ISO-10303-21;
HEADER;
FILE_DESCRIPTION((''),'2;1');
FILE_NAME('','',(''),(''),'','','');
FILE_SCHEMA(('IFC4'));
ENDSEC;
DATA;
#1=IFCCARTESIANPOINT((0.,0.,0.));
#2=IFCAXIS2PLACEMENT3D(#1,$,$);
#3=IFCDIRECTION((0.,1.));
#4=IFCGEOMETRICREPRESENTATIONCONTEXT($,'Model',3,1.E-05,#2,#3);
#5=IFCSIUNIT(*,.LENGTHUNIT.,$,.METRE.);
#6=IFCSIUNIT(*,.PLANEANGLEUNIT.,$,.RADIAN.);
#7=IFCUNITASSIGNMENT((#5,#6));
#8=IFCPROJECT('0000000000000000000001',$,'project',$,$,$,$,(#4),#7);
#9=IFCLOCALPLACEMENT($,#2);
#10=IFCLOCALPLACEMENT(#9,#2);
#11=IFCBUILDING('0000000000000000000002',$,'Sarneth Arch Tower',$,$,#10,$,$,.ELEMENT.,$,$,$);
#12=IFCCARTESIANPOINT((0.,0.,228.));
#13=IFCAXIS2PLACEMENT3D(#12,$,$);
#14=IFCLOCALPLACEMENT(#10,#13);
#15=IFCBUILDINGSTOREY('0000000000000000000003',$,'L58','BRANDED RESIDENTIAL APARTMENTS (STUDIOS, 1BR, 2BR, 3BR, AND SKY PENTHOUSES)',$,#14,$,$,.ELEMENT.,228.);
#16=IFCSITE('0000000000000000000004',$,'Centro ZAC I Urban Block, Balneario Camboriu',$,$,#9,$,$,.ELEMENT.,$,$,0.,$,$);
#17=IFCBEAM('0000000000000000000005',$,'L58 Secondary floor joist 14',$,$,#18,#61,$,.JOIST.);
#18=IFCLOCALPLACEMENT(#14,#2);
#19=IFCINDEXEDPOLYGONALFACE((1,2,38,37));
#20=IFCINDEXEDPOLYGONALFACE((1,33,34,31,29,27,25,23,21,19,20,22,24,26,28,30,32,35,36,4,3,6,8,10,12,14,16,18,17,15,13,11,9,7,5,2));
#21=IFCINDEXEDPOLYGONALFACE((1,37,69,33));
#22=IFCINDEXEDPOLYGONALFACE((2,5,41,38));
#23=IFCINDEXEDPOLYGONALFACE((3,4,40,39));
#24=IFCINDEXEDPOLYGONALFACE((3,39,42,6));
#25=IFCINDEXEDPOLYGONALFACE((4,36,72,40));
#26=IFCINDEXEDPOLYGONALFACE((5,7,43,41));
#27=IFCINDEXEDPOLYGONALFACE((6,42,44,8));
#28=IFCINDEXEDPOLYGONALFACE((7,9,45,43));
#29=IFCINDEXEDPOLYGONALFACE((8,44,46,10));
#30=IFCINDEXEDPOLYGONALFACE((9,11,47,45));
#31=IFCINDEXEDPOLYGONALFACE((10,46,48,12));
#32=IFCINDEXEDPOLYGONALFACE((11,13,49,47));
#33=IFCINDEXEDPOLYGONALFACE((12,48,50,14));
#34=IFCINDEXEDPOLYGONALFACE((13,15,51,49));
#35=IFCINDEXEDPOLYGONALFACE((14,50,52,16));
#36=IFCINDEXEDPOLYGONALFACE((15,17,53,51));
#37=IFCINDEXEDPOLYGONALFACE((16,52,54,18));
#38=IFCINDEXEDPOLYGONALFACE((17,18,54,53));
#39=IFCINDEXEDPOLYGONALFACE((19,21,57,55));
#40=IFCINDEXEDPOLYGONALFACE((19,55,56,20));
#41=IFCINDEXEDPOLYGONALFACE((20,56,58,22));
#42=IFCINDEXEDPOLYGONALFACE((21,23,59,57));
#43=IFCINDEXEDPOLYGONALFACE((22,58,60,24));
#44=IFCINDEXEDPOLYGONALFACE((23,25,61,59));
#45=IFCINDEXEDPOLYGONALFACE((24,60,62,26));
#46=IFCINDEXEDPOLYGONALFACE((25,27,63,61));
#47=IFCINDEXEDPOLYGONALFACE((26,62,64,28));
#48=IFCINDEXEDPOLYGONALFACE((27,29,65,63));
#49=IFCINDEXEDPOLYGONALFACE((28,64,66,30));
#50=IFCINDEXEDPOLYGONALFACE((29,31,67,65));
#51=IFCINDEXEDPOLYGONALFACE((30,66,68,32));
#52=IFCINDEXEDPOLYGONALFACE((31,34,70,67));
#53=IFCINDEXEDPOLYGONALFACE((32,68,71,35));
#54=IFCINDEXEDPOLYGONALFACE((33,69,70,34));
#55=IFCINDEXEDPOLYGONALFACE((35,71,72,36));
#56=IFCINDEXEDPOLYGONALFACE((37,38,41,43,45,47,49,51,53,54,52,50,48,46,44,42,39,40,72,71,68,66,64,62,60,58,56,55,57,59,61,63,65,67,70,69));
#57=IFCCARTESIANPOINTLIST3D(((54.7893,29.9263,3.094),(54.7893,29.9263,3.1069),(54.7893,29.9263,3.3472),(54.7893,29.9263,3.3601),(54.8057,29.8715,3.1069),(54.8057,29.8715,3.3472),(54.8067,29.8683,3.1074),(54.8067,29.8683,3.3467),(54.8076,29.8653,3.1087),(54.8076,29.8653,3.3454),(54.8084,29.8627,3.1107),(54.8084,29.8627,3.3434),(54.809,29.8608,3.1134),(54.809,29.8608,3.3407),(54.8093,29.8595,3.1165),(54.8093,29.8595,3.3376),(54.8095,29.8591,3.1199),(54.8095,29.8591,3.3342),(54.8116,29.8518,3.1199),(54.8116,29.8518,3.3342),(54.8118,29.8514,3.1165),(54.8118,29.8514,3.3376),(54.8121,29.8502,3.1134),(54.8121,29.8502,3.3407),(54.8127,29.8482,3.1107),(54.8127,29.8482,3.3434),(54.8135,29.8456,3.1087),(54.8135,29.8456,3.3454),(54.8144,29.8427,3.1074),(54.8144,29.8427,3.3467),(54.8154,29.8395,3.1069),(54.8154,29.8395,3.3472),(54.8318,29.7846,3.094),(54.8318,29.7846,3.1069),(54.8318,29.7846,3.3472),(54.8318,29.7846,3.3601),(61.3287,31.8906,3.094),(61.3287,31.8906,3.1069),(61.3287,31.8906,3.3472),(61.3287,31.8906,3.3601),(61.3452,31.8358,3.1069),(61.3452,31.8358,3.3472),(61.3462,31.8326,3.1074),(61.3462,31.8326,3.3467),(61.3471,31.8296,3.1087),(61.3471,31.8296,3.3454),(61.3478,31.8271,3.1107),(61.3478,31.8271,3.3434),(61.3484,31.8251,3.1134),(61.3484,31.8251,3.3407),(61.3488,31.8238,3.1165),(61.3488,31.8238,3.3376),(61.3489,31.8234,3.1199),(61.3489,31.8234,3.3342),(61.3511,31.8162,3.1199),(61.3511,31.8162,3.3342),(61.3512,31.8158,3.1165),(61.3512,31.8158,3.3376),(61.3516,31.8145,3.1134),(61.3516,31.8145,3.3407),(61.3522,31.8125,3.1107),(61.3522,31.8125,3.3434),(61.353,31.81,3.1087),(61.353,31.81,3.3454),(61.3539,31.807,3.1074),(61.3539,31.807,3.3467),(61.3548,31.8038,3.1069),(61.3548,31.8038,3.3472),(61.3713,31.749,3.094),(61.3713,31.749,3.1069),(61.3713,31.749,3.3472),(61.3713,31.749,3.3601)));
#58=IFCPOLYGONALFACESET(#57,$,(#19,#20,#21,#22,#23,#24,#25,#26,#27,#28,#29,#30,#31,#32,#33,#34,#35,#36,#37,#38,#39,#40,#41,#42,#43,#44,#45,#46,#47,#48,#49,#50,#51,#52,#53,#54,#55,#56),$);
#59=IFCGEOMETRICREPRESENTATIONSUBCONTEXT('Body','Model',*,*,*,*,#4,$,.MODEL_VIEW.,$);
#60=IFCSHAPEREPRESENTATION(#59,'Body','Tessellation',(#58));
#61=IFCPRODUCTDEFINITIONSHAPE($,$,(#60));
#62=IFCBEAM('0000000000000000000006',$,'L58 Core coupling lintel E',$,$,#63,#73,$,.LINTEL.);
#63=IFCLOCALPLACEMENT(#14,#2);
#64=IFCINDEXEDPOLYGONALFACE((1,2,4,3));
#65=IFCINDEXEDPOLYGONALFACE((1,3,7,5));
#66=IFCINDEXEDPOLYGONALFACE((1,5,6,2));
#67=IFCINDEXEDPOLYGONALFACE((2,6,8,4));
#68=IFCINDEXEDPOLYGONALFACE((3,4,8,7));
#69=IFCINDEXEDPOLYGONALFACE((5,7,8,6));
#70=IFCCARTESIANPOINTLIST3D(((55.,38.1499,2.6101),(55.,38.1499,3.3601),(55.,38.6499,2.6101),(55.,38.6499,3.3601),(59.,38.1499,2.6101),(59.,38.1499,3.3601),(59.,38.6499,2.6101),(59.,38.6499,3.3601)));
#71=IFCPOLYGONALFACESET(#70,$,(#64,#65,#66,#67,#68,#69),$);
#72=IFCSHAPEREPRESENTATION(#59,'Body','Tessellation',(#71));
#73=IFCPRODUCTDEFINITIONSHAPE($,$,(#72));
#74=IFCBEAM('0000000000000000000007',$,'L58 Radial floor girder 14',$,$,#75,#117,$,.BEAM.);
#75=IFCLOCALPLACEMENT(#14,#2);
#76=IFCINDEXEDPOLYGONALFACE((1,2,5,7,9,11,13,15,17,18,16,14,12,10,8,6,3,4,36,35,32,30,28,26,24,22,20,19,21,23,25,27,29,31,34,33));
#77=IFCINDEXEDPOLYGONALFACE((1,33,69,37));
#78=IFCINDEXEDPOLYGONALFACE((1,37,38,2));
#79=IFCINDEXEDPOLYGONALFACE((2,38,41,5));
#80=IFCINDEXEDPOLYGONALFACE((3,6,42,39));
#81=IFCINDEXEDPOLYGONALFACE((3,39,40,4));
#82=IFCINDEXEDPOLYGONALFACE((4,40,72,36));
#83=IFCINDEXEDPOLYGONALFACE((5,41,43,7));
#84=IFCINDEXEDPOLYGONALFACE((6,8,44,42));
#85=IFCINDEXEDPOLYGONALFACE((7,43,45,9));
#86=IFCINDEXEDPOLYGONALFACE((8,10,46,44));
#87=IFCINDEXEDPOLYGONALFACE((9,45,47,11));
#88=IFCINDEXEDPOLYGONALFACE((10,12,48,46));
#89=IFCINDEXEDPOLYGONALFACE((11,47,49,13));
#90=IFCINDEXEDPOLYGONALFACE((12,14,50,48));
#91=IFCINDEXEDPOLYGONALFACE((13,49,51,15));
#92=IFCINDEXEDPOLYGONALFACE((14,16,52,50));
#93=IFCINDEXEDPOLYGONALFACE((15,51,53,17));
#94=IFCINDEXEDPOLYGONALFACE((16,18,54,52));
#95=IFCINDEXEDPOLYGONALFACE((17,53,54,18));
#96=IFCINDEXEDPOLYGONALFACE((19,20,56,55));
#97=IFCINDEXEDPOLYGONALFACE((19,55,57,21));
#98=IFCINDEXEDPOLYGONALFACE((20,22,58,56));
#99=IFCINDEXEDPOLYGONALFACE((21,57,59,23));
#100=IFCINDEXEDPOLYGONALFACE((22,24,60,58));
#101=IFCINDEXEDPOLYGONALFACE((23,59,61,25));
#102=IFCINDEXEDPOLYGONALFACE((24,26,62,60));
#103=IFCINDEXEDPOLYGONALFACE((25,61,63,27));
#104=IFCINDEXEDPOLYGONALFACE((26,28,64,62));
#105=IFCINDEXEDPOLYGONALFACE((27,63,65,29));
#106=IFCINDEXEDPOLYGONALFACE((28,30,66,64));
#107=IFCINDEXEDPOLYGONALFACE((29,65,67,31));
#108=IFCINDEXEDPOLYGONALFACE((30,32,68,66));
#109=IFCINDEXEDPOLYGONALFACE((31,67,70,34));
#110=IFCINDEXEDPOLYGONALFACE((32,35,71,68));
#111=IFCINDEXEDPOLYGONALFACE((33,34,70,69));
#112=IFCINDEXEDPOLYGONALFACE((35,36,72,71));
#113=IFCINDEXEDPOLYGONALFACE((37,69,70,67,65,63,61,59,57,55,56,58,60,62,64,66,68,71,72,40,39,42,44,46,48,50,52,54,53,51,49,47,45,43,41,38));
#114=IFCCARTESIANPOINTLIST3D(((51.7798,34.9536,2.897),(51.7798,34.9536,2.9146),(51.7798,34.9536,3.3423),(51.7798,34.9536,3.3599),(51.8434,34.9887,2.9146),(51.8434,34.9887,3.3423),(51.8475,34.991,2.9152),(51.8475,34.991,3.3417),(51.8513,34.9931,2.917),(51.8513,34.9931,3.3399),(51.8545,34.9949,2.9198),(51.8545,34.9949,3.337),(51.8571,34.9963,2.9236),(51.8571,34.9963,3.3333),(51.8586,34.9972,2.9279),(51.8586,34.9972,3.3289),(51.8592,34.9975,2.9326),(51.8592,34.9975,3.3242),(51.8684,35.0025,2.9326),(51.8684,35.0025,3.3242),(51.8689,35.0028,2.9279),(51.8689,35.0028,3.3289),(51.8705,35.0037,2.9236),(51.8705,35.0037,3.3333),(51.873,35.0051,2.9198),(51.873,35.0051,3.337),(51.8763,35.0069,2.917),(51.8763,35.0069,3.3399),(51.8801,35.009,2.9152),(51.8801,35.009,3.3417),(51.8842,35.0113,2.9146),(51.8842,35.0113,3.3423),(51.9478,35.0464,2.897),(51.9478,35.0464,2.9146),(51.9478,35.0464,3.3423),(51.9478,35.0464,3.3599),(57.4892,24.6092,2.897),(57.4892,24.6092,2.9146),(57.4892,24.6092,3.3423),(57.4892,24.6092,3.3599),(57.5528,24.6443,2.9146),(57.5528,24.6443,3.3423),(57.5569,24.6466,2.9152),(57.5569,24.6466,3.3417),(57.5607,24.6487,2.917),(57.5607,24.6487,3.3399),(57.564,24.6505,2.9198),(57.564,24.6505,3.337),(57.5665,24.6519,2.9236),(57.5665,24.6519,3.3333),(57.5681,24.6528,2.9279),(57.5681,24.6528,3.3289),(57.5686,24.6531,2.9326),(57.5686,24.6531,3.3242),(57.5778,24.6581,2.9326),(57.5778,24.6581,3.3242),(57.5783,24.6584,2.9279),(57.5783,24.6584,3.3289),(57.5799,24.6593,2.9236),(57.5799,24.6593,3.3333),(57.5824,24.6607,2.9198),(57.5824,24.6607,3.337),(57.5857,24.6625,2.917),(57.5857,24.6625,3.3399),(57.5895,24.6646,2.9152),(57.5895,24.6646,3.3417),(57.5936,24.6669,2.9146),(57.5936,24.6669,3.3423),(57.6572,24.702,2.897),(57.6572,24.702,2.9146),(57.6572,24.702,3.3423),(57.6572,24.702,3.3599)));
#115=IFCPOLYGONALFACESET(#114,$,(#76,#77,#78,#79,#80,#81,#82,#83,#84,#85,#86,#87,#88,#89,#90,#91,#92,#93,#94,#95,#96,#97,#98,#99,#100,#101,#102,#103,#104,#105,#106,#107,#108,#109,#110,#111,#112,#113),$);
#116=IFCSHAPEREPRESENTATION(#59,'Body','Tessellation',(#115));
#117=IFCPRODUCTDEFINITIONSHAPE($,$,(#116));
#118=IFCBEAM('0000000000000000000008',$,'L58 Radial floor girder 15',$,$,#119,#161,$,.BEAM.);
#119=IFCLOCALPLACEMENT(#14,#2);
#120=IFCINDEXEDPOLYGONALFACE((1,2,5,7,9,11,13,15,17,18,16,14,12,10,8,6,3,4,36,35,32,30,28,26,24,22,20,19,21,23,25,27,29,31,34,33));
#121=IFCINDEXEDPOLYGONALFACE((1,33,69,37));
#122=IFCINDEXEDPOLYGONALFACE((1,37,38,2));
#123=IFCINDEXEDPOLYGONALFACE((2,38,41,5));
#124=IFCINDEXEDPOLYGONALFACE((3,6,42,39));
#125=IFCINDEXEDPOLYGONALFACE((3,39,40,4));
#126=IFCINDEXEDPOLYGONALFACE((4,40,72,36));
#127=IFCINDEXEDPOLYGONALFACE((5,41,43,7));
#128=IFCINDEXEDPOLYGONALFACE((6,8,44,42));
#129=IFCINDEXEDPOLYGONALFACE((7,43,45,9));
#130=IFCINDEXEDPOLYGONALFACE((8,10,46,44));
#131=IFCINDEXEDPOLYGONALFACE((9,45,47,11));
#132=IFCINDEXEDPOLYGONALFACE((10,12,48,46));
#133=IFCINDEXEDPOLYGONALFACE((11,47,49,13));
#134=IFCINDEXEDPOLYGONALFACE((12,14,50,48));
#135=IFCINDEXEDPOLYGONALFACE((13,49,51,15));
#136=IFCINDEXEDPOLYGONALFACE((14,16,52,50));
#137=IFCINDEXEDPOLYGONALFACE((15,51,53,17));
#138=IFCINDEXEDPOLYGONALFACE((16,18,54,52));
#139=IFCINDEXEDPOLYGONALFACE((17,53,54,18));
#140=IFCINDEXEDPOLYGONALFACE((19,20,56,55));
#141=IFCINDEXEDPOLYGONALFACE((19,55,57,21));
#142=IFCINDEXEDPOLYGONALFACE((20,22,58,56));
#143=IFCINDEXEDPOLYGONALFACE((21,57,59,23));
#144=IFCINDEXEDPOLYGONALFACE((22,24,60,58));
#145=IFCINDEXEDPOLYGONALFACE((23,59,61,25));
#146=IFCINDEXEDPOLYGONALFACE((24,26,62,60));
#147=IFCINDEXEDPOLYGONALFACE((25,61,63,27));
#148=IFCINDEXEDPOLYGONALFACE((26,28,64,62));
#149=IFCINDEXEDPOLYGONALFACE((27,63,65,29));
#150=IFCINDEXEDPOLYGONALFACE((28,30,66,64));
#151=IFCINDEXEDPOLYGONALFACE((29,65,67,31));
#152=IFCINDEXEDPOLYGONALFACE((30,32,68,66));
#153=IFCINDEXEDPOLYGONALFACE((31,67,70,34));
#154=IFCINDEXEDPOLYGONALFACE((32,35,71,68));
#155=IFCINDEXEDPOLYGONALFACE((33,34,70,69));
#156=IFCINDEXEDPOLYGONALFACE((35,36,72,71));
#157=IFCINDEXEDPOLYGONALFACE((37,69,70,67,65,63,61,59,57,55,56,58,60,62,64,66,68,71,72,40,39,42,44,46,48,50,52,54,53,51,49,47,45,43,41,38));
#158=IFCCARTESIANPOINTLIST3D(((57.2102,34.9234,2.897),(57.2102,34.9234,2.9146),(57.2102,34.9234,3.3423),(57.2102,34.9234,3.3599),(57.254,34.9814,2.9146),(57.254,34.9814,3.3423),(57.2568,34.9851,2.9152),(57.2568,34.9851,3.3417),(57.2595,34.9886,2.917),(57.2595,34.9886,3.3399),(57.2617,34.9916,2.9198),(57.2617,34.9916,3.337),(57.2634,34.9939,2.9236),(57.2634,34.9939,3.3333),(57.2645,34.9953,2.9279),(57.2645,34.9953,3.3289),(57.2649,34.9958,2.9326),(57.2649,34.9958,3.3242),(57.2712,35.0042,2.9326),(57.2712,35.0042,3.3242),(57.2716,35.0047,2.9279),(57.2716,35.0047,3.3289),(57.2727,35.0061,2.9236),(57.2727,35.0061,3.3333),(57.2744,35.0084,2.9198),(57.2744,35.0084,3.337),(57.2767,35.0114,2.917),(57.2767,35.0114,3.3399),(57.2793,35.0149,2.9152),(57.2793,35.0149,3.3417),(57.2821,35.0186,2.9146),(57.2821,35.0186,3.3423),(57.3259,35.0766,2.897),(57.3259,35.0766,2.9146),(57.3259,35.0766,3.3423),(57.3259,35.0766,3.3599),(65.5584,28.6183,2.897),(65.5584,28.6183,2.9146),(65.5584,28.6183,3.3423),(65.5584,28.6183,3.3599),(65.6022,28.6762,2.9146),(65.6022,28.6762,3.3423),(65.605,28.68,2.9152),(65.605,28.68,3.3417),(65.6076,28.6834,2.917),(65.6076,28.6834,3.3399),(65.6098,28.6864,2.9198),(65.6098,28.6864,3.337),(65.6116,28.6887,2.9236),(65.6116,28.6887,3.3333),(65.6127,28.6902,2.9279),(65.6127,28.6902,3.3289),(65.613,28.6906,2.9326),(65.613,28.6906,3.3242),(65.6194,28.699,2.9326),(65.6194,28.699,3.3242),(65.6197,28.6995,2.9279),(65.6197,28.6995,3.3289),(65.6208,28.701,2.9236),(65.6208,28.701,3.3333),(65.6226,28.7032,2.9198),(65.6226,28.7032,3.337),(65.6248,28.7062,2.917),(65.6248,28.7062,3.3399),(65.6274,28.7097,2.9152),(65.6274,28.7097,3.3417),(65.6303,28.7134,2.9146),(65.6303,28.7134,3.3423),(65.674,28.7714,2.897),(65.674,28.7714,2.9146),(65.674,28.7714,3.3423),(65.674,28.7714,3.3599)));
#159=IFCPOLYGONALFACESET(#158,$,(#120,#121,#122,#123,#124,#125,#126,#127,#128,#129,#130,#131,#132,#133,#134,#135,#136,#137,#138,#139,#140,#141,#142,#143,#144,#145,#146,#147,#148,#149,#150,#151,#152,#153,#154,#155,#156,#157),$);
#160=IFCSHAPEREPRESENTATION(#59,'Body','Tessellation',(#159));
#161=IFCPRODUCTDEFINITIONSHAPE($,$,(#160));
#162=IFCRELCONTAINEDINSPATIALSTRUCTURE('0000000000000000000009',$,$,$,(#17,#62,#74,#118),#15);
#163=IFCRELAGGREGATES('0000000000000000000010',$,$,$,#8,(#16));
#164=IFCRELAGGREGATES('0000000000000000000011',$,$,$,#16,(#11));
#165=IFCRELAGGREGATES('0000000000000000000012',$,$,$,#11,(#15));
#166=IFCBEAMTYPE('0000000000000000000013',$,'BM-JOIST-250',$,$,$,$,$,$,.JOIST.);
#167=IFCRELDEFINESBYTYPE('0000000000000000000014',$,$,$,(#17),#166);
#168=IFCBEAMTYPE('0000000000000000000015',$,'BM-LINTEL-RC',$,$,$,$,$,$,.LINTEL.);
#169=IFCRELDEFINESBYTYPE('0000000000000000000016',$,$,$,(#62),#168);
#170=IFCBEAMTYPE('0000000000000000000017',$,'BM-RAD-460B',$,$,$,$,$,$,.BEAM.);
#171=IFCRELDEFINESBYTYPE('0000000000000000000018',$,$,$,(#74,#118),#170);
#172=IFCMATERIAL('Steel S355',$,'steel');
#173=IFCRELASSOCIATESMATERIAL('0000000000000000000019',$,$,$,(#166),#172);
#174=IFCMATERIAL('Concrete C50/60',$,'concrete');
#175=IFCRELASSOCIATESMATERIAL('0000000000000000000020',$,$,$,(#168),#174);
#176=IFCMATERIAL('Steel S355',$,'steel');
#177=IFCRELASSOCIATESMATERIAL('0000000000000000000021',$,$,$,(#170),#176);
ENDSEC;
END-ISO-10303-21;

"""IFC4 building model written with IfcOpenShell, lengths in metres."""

from ifc_helpers import new_model, si_unit, direction, frame, origin, origin_2d, place, context, subcontext, project, spatial, rectangle, i_section, extrude, material, material_profile, profile_set, type_object, element, save


model = new_model("IFC4")

# Units and contexts
model_context = context("Model", 3, precision=1e-05, world=origin(), true_north=direction((0.0, 1.0)))
body_context = subcontext(model_context, "Body", "Model", "MODEL_VIEW")
ifc_project = project(units=[si_unit("LENGTHUNIT", "METRE"), si_unit("PLANEANGLEUNIT", "RADIAN")], contexts=[model_context])

# Site, building, storey
site_placement = place(None, origin())
site = spatial("IfcSite", under=ifc_project, at=site_placement, Name="Centro ZAC I Urban Block, Balneario Camboriu", CompositionType="ELEMENT", RefElevation=0.0)
building_placement = place(site_placement, origin())
building = spatial("IfcBuilding", under=site, at=building_placement, Name="Sarneth Arch Tower", CompositionType="ELEMENT")
storey_placement = place(building_placement, frame((0.0, 0.0, 228.0)))
storey = spatial("IfcBuildingStorey", under=building, at=storey_placement, Name="L58", Description="BRANDED RESIDENTIAL APARTMENTS (STUDIOS, 1BR, 2BR, 3BR, AND SKY PENTHOUSES)", CompositionType="ELEMENT", Elevation=228.0)

# Beams
ifc_material_1 = material(Name="Steel S355", Category="steel")
ifc_material_profile_1 = material_profile(ifc_material_1, i_section(OverallWidth=0.1479, OverallDepth=0.2661, WebThickness=0.0076, FlangeThickness=0.0129, FilletRadius=0.0129, at=origin_2d()), Name="W250x44.8")
ifc_profile_set_1 = profile_set([ifc_material_profile_1], Name="Steel S355")
beam_type_1 = type_object("IfcBeamType", Name="BM-JOIST-250", PredefinedType="JOIST", material=ifc_profile_set_1)
beam_1_placement = place(storey_placement, frame((54.8105, 29.8555, 3.2271), z_axis=(0.957726, 0.287682, 0.0), x_axis=(-0.287682, 0.957726, 0.0)))
element("IfcBeam", 1, at=beam_1_placement, inside=storey, type_object=beam_type_1, Name="L58 Secondary floor joist 14", PredefinedType="JOIST", context=body_context, shape_type="SweptSolid", body=[
    extrude(i_section(OverallWidth=0.1479, OverallDepth=0.2661, WebThickness=0.0076, FlangeThickness=0.0129, FilletRadius=0.0129, at=origin_2d()), origin(), (0.0, 0.0, 1.0), 6.8281),
])
ifc_material_2 = material(Name="Concrete C50/60", Category="concrete")
ifc_material_profile_2 = material_profile(ifc_material_2, rectangle(XDim=0.5, YDim=0.75, at=origin_2d()), Name="RC-500x750")
ifc_profile_set_2 = profile_set([ifc_material_profile_2], Name="Concrete C50/60")
beam_type_2 = type_object("IfcBeamType", Name="BM-LINTEL-RC", PredefinedType="LINTEL", material=ifc_profile_set_2)
beam_2_placement = place(storey_placement, frame((55.0, 38.3999, 2.9851), z_axis=(1.0, 0.0, 0.0), x_axis=(0.0, 1.0, 0.0)))
element("IfcBeam", 2, at=beam_2_placement, inside=storey, type_object=beam_type_2, Name="L58 Core coupling lintel E", PredefinedType="LINTEL", context=body_context, shape_type="SweptSolid", body=[
    extrude(rectangle(XDim=0.5, YDim=0.75, at=origin_2d()), origin(), (0.0, 0.0, 1.0), 4.0),
])
ifc_material_3 = material(Name="Steel S355", Category="steel")
ifc_material_profile_3 = material_profile(ifc_material_3, i_section(OverallWidth=0.1919, OverallDepth=0.4629, WebThickness=0.0105, FlangeThickness=0.0176, FilletRadius=0.0181, at=origin_2d()), Name="W460x89")
ifc_profile_set_3 = profile_set([ifc_material_profile_3], Name="Steel S355")
beam_type_3 = type_object("IfcBeamType", Name="BM-RAD-460B", PredefinedType="BEAM", material=ifc_profile_set_3)
beam_3_placement = place(storey_placement, frame((51.8638, 35.0, 3.1284), z_axis=(0.483218, -0.8755, 0.0), x_axis=(0.8755, 0.483218, 0.0)))
element("IfcBeam", 3, at=beam_3_placement, inside=storey, type_object=beam_type_3, Name="L58 Radial floor girder 14", PredefinedType="BEAM", context=body_context, shape_type="SweptSolid", body=[
    extrude(i_section(OverallWidth=0.1919, OverallDepth=0.4629, WebThickness=0.0105, FlangeThickness=0.0176, FilletRadius=0.0181, at=origin_2d()), origin(), (0.0, 0.0, 1.0), 11.8154),
])
beam_4_placement = place(storey_placement, frame((57.2681, 35.0, 3.1284), z_axis=(0.797974, -0.602692, 0.0), x_axis=(0.602692, 0.797974, 0.0)))
element("IfcBeam", 4, at=beam_4_placement, inside=storey, type_object=beam_type_3, Name="L58 Radial floor girder 15", PredefinedType="BEAM", context=body_context, shape_type="SweptSolid", body=[
    extrude(i_section(OverallWidth=0.1919, OverallDepth=0.4629, WebThickness=0.0105, FlangeThickness=0.0176, FilletRadius=0.0181, at=origin_2d()), origin(), (0.0, 0.0, 1.0), 10.4617),
])

save(model, "model.ifc")
